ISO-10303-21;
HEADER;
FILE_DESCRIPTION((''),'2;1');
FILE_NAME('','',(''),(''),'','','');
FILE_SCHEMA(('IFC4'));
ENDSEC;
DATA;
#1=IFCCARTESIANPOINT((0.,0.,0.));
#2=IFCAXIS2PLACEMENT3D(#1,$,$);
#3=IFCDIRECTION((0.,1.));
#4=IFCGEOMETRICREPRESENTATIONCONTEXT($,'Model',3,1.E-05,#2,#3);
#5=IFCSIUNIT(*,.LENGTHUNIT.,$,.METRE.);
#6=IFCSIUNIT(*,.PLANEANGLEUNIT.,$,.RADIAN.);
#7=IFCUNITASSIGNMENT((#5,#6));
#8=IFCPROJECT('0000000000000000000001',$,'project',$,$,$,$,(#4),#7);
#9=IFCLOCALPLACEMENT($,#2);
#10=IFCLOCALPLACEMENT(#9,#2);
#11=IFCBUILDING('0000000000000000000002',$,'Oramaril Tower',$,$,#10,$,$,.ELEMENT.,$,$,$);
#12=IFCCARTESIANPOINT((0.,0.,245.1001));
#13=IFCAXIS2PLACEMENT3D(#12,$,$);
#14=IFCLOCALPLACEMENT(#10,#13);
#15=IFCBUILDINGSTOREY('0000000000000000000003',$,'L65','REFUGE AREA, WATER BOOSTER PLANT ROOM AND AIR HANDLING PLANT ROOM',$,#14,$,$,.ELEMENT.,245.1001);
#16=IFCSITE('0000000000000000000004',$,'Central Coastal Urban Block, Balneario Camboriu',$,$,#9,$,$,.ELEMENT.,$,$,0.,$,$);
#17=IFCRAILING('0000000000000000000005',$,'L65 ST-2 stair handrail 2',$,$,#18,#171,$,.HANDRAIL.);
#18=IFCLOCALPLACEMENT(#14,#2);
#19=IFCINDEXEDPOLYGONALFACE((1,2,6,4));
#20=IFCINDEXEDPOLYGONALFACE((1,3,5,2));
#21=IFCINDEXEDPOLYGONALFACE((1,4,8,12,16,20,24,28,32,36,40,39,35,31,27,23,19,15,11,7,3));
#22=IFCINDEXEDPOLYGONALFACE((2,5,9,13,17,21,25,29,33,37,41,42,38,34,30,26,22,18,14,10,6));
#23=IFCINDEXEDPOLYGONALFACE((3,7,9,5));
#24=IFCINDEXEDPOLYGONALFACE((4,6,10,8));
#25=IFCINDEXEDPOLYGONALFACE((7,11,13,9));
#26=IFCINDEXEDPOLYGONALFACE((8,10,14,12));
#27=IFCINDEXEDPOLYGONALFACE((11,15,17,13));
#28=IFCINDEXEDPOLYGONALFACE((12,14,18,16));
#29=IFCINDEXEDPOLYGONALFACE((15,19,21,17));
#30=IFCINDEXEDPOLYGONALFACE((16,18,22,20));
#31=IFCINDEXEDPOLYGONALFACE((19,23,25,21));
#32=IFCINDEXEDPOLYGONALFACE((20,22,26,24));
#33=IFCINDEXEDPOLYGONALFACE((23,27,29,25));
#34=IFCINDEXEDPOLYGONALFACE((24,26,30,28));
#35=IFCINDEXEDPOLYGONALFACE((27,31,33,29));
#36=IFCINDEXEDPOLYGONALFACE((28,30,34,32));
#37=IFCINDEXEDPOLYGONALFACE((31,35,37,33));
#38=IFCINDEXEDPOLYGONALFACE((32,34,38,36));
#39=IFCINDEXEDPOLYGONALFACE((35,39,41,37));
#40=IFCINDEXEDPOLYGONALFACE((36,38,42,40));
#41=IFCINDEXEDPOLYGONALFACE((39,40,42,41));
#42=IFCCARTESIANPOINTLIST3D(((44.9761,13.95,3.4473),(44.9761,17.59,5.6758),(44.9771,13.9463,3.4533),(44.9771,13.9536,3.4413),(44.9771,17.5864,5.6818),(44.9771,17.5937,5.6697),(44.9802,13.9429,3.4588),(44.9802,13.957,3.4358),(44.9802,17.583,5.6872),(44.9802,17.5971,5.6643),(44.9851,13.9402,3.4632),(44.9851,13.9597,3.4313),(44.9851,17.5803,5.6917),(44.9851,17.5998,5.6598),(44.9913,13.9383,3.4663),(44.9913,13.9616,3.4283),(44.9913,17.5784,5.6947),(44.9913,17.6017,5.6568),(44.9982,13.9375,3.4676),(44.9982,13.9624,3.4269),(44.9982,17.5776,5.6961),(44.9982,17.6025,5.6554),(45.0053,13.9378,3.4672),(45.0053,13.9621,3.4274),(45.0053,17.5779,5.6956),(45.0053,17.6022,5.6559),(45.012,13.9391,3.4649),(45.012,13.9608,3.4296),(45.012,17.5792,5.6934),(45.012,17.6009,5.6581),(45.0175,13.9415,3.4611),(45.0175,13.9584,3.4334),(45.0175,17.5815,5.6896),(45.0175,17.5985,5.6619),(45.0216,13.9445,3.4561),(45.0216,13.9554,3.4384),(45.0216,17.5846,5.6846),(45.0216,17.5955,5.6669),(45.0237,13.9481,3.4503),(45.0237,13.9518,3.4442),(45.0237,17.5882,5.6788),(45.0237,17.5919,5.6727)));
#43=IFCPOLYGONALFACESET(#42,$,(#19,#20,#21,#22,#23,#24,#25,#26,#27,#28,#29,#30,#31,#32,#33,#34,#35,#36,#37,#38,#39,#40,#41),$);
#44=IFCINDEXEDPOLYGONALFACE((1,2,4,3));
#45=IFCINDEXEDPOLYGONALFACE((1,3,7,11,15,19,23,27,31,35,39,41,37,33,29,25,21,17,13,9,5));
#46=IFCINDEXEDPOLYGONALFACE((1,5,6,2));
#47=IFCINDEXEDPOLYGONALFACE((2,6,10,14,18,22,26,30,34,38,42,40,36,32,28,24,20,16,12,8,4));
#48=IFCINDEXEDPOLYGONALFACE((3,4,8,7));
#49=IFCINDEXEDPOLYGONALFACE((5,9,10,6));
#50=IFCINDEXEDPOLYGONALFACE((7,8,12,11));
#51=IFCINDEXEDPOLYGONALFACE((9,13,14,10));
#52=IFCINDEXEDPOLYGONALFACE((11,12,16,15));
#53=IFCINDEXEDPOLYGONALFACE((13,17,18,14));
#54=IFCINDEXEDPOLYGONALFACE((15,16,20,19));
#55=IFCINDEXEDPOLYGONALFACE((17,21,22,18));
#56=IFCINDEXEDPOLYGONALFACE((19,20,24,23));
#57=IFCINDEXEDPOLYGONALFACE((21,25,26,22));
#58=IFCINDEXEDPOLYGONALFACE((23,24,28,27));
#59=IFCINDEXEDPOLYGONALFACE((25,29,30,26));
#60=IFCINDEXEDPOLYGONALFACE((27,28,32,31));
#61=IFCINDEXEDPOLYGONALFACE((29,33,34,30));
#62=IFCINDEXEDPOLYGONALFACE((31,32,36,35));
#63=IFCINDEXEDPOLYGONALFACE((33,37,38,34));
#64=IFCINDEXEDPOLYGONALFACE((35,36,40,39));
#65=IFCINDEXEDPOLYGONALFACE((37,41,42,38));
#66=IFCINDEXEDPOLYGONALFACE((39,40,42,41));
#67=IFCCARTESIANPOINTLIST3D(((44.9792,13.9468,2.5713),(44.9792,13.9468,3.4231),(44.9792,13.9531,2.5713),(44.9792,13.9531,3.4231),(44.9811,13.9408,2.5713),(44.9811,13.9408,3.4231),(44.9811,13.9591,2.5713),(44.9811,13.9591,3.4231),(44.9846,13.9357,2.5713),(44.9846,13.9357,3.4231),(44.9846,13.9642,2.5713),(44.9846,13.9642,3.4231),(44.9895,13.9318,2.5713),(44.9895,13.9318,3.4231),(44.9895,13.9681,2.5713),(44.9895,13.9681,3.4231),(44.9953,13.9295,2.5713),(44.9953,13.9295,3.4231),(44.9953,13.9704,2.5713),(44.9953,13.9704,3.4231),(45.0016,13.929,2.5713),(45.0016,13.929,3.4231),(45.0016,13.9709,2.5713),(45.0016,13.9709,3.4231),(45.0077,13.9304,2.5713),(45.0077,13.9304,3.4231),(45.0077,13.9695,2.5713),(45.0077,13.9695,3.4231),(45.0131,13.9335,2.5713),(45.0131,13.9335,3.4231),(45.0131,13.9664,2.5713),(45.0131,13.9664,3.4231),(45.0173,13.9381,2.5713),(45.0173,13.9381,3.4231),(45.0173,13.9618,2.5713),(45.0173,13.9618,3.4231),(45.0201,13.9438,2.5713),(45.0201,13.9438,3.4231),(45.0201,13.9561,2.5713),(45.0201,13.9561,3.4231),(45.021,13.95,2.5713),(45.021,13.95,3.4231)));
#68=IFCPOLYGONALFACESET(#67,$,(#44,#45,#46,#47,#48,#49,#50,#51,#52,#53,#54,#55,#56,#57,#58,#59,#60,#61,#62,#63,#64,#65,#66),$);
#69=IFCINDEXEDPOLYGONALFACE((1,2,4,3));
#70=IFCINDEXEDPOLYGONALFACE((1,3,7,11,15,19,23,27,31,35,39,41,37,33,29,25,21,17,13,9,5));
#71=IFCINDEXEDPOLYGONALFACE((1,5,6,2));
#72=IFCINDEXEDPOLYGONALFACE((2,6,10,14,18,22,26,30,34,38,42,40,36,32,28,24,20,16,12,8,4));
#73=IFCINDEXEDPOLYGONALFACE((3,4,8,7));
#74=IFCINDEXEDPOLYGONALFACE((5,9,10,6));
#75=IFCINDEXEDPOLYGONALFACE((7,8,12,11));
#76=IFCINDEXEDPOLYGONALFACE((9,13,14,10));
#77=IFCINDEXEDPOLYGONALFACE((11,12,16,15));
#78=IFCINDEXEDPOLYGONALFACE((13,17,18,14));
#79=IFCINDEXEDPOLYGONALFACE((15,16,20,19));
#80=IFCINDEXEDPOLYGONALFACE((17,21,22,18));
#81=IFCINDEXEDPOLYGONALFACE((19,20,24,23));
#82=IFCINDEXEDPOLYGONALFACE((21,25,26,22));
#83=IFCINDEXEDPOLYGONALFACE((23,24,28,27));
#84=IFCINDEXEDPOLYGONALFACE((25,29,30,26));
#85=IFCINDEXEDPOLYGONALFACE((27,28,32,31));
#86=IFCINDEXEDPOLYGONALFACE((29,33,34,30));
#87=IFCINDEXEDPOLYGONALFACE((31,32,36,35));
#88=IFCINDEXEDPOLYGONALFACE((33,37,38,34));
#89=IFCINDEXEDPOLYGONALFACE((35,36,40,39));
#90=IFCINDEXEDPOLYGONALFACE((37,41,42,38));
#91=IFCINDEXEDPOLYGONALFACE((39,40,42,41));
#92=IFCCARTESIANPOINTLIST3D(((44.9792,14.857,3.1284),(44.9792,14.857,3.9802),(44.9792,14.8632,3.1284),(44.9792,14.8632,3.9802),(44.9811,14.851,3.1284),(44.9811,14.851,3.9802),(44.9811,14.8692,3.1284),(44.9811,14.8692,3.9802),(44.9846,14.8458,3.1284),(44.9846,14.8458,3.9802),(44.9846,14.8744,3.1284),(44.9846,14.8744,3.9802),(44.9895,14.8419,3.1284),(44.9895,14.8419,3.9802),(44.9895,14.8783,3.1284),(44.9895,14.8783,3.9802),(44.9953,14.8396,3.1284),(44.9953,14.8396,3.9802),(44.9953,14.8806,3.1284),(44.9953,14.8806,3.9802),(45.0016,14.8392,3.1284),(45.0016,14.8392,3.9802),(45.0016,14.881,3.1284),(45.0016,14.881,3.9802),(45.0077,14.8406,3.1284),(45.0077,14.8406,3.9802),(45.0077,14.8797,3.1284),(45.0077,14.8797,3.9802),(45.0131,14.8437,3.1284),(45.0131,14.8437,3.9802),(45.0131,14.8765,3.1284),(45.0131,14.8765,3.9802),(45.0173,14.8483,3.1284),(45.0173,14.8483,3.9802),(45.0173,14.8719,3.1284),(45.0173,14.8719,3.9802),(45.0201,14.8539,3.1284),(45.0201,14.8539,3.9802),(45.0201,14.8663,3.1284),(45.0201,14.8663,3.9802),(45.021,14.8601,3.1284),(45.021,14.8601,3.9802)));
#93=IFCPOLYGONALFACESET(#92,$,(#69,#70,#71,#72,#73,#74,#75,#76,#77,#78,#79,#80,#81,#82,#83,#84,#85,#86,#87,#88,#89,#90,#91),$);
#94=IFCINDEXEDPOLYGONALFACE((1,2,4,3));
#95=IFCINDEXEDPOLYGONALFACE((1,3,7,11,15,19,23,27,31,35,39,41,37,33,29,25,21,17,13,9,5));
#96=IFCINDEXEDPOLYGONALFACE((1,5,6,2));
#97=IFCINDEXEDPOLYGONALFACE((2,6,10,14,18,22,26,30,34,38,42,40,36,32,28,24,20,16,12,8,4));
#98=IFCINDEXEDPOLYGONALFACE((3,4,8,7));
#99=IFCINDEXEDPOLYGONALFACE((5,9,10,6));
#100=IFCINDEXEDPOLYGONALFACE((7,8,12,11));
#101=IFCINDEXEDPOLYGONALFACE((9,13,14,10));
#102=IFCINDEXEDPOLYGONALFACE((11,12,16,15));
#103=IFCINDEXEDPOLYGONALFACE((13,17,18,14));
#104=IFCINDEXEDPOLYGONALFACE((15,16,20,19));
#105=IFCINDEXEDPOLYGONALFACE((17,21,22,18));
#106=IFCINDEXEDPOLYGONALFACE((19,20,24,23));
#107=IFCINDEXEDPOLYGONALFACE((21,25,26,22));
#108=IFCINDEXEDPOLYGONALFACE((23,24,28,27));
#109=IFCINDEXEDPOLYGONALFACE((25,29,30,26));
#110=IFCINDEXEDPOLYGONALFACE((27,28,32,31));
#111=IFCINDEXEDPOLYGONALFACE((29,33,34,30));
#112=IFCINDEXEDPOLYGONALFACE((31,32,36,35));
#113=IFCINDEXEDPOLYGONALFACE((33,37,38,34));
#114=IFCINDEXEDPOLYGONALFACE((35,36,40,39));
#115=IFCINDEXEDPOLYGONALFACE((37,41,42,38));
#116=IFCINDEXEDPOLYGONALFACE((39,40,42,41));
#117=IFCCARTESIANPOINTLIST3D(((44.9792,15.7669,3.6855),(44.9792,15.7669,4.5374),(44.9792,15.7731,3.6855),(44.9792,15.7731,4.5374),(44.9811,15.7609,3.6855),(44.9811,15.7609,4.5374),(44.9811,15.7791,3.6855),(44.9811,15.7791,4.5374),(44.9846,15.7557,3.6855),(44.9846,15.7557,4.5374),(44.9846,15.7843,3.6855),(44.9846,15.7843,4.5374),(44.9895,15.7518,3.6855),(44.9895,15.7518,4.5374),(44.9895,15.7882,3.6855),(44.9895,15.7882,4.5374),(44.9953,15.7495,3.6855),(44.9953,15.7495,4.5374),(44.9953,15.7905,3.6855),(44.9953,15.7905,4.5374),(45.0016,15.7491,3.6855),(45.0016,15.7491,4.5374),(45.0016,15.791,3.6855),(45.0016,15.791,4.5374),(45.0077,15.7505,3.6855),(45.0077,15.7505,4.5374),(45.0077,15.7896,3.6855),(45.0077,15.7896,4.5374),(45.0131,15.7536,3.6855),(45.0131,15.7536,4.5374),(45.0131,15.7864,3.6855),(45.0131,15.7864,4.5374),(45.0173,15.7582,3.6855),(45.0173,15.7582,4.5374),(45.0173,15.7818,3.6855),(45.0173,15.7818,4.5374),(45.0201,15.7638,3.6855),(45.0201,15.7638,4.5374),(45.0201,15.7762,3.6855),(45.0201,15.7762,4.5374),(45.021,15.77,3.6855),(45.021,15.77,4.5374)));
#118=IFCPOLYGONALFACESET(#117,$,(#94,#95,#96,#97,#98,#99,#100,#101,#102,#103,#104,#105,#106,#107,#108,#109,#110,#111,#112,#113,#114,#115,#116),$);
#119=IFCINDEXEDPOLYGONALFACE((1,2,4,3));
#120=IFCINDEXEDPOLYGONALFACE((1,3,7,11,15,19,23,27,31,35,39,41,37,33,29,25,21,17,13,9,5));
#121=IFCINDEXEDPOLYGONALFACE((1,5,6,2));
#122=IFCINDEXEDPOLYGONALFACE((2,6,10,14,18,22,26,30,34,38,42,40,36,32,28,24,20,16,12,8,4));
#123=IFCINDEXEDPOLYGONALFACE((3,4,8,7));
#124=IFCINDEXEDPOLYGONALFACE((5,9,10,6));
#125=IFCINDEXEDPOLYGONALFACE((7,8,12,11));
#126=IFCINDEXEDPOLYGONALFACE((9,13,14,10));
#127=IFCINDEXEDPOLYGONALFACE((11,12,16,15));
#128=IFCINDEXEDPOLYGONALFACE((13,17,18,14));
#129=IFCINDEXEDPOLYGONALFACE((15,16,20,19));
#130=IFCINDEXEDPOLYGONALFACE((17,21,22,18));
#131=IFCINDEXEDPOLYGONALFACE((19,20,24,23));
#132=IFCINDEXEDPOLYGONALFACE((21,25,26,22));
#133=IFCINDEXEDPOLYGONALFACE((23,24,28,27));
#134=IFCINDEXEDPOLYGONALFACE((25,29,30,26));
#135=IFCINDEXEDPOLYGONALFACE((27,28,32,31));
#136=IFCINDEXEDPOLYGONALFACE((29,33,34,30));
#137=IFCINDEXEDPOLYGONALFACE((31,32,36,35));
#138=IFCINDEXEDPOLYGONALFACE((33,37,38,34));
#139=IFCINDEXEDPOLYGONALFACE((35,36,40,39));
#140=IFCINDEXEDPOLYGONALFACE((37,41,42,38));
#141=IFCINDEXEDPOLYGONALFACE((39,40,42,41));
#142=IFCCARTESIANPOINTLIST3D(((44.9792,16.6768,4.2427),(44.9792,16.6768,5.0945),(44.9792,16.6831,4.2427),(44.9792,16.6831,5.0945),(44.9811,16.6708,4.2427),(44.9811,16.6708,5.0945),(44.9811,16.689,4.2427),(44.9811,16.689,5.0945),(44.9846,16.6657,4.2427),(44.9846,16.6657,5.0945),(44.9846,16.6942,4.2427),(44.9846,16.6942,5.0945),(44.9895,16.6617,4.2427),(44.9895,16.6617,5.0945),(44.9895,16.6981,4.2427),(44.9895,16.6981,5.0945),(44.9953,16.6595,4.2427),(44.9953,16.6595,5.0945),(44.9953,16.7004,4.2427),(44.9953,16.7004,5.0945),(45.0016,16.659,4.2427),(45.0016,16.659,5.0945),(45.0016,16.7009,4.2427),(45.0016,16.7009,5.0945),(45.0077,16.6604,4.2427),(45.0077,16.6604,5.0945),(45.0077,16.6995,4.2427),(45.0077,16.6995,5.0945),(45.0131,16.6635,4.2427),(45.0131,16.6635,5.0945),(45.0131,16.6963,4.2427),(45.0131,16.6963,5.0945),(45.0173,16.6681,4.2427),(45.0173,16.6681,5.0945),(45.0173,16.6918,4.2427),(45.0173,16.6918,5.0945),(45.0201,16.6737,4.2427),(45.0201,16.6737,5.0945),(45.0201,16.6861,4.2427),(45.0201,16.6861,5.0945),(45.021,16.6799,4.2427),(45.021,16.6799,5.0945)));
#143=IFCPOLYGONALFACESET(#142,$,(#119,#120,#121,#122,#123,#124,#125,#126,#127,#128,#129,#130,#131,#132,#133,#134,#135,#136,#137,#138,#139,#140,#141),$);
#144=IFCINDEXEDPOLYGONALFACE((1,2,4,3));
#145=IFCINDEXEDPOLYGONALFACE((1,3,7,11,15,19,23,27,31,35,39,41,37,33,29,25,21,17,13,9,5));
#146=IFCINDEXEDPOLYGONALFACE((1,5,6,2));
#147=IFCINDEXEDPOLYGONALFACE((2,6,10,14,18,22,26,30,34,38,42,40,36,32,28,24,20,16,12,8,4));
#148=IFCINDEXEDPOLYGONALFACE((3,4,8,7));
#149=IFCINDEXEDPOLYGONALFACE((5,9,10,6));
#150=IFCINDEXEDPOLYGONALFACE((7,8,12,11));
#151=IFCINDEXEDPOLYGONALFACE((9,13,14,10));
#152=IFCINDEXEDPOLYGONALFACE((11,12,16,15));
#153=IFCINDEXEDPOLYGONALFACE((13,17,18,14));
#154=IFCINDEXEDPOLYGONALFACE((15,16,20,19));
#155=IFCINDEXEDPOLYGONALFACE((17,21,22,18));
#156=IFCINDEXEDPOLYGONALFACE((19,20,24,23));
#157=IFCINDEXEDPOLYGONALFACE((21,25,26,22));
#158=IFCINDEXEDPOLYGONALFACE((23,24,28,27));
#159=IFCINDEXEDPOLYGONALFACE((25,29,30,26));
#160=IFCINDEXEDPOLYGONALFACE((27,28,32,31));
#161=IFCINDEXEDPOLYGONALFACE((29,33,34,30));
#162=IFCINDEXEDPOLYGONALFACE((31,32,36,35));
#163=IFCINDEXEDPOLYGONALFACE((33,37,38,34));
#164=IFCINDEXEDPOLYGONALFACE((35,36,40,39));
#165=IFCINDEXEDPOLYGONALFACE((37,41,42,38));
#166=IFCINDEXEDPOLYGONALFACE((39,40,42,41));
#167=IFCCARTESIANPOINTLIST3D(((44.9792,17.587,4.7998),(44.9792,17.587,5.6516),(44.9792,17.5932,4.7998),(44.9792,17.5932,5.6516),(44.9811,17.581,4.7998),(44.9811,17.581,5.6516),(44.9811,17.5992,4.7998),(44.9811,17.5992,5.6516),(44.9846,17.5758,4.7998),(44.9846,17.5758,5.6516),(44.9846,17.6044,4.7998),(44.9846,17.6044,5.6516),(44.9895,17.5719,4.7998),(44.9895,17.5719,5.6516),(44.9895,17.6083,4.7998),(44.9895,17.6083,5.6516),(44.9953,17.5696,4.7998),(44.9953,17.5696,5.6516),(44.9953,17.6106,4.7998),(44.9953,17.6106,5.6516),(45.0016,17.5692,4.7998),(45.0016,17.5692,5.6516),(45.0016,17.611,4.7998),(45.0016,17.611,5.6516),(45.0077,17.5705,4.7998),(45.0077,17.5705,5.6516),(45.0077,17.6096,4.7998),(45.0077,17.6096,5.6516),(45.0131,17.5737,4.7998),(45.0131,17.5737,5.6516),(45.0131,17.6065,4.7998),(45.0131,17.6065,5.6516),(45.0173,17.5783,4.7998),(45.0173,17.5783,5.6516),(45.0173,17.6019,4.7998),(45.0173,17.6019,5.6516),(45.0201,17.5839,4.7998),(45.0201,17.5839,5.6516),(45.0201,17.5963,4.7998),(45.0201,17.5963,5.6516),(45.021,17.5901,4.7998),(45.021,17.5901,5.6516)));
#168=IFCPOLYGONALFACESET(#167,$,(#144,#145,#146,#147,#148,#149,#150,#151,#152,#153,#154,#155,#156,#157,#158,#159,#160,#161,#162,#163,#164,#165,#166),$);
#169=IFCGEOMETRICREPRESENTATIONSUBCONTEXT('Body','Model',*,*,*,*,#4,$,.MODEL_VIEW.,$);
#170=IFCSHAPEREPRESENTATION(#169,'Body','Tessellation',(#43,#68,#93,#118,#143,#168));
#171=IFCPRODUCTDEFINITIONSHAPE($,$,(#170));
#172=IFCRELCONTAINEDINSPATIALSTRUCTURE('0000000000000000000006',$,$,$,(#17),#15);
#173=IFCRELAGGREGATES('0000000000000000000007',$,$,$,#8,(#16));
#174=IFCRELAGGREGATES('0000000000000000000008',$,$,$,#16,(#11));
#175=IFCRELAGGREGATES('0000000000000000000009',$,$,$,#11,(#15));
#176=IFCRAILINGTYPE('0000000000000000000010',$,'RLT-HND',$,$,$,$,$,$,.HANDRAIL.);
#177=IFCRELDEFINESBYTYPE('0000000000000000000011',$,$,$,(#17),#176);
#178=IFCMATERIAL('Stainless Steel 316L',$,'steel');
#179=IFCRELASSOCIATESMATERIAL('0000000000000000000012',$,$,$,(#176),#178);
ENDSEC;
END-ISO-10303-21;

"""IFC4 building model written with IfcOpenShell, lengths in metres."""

from ifc_helpers import new_model, si_unit, direction, frame, origin, origin_2d, place, context, subcontext, project, spatial, circle, extrude, material, type_object, element, save


model = new_model("IFC4")

# Units and contexts
model_context = context("Model", 3, precision=1e-05, world=origin(), true_north=direction((0.0, 1.0)))
body_context = subcontext(model_context, "Body", "Model", "MODEL_VIEW")
ifc_project = project(units=[si_unit("LENGTHUNIT", "METRE"), si_unit("PLANEANGLEUNIT", "RADIAN")], contexts=[model_context])

# Site, building, storey
site_placement = place(None, origin())
site = spatial("IfcSite", under=ifc_project, at=site_placement, Name="Central Coastal Urban Block, Balneario Camboriu", CompositionType="ELEMENT", RefElevation=0.0)
building_placement = place(site_placement, origin())
building = spatial("IfcBuilding", under=site, at=building_placement, Name="Oramaril Tower", CompositionType="ELEMENT")
storey_placement = place(building_placement, frame((0.0, 0.0, 245.1001)))
storey = spatial("IfcBuildingStorey", under=building, at=storey_placement, Name="L65", Description="REFUGE AREA, WATER BOOSTER PLANT ROOM AND AIR HANDLING PLANT ROOM", CompositionType="ELEMENT", Elevation=245.1001)

# Railing
ifc_material_1 = material(Name="Stainless Steel 316L", Category="steel")
railing_type = type_object("IfcRailingType", Name="RLT-HND", PredefinedType="HANDRAIL", material=ifc_material_1)
railing_placement = place(storey_placement, frame((45.0, 13.95, 2.5713)))
element("IfcRailing", 1, at=railing_placement, inside=storey, type_object=railing_type, Name="L65 ST-2 stair handrail 2", PredefinedType="HANDRAIL", context=body_context, shape_type="SweptSolid", body=[
    extrude(circle(Radius=0.0239, at=origin_2d()), frame((0.0, 0.0, 0.876), z_axis=(0.0, 0.852866, 0.52213), x_axis=(-1.0, 0.0, 0.0)), (0.0, 0.0, 1.0), 4.2681),
    extrude(circle(Radius=0.021, at=origin_2d()), origin(), (0.0, 0.0, 1.0), 0.8518),
    extrude(circle(Radius=0.021, at=origin_2d()), frame((0.0, 0.9102, 0.5571)), (0.0, 0.0, 1.0), 0.8518),
    extrude(circle(Radius=0.021, at=origin_2d()), frame((0.0, 1.8201, 1.1143)), (0.0, 0.0, 1.0), 0.8518),
    extrude(circle(Radius=0.021, at=origin_2d()), frame((0.0, 2.73, 1.6714)), (0.0, 0.0, 1.0), 0.8518),
    extrude(circle(Radius=0.021, at=origin_2d()), frame((0.0, 3.6401, 2.2285)), (0.0, 0.0, 1.0), 0.8518),
])

save(model, "model.ifc")
